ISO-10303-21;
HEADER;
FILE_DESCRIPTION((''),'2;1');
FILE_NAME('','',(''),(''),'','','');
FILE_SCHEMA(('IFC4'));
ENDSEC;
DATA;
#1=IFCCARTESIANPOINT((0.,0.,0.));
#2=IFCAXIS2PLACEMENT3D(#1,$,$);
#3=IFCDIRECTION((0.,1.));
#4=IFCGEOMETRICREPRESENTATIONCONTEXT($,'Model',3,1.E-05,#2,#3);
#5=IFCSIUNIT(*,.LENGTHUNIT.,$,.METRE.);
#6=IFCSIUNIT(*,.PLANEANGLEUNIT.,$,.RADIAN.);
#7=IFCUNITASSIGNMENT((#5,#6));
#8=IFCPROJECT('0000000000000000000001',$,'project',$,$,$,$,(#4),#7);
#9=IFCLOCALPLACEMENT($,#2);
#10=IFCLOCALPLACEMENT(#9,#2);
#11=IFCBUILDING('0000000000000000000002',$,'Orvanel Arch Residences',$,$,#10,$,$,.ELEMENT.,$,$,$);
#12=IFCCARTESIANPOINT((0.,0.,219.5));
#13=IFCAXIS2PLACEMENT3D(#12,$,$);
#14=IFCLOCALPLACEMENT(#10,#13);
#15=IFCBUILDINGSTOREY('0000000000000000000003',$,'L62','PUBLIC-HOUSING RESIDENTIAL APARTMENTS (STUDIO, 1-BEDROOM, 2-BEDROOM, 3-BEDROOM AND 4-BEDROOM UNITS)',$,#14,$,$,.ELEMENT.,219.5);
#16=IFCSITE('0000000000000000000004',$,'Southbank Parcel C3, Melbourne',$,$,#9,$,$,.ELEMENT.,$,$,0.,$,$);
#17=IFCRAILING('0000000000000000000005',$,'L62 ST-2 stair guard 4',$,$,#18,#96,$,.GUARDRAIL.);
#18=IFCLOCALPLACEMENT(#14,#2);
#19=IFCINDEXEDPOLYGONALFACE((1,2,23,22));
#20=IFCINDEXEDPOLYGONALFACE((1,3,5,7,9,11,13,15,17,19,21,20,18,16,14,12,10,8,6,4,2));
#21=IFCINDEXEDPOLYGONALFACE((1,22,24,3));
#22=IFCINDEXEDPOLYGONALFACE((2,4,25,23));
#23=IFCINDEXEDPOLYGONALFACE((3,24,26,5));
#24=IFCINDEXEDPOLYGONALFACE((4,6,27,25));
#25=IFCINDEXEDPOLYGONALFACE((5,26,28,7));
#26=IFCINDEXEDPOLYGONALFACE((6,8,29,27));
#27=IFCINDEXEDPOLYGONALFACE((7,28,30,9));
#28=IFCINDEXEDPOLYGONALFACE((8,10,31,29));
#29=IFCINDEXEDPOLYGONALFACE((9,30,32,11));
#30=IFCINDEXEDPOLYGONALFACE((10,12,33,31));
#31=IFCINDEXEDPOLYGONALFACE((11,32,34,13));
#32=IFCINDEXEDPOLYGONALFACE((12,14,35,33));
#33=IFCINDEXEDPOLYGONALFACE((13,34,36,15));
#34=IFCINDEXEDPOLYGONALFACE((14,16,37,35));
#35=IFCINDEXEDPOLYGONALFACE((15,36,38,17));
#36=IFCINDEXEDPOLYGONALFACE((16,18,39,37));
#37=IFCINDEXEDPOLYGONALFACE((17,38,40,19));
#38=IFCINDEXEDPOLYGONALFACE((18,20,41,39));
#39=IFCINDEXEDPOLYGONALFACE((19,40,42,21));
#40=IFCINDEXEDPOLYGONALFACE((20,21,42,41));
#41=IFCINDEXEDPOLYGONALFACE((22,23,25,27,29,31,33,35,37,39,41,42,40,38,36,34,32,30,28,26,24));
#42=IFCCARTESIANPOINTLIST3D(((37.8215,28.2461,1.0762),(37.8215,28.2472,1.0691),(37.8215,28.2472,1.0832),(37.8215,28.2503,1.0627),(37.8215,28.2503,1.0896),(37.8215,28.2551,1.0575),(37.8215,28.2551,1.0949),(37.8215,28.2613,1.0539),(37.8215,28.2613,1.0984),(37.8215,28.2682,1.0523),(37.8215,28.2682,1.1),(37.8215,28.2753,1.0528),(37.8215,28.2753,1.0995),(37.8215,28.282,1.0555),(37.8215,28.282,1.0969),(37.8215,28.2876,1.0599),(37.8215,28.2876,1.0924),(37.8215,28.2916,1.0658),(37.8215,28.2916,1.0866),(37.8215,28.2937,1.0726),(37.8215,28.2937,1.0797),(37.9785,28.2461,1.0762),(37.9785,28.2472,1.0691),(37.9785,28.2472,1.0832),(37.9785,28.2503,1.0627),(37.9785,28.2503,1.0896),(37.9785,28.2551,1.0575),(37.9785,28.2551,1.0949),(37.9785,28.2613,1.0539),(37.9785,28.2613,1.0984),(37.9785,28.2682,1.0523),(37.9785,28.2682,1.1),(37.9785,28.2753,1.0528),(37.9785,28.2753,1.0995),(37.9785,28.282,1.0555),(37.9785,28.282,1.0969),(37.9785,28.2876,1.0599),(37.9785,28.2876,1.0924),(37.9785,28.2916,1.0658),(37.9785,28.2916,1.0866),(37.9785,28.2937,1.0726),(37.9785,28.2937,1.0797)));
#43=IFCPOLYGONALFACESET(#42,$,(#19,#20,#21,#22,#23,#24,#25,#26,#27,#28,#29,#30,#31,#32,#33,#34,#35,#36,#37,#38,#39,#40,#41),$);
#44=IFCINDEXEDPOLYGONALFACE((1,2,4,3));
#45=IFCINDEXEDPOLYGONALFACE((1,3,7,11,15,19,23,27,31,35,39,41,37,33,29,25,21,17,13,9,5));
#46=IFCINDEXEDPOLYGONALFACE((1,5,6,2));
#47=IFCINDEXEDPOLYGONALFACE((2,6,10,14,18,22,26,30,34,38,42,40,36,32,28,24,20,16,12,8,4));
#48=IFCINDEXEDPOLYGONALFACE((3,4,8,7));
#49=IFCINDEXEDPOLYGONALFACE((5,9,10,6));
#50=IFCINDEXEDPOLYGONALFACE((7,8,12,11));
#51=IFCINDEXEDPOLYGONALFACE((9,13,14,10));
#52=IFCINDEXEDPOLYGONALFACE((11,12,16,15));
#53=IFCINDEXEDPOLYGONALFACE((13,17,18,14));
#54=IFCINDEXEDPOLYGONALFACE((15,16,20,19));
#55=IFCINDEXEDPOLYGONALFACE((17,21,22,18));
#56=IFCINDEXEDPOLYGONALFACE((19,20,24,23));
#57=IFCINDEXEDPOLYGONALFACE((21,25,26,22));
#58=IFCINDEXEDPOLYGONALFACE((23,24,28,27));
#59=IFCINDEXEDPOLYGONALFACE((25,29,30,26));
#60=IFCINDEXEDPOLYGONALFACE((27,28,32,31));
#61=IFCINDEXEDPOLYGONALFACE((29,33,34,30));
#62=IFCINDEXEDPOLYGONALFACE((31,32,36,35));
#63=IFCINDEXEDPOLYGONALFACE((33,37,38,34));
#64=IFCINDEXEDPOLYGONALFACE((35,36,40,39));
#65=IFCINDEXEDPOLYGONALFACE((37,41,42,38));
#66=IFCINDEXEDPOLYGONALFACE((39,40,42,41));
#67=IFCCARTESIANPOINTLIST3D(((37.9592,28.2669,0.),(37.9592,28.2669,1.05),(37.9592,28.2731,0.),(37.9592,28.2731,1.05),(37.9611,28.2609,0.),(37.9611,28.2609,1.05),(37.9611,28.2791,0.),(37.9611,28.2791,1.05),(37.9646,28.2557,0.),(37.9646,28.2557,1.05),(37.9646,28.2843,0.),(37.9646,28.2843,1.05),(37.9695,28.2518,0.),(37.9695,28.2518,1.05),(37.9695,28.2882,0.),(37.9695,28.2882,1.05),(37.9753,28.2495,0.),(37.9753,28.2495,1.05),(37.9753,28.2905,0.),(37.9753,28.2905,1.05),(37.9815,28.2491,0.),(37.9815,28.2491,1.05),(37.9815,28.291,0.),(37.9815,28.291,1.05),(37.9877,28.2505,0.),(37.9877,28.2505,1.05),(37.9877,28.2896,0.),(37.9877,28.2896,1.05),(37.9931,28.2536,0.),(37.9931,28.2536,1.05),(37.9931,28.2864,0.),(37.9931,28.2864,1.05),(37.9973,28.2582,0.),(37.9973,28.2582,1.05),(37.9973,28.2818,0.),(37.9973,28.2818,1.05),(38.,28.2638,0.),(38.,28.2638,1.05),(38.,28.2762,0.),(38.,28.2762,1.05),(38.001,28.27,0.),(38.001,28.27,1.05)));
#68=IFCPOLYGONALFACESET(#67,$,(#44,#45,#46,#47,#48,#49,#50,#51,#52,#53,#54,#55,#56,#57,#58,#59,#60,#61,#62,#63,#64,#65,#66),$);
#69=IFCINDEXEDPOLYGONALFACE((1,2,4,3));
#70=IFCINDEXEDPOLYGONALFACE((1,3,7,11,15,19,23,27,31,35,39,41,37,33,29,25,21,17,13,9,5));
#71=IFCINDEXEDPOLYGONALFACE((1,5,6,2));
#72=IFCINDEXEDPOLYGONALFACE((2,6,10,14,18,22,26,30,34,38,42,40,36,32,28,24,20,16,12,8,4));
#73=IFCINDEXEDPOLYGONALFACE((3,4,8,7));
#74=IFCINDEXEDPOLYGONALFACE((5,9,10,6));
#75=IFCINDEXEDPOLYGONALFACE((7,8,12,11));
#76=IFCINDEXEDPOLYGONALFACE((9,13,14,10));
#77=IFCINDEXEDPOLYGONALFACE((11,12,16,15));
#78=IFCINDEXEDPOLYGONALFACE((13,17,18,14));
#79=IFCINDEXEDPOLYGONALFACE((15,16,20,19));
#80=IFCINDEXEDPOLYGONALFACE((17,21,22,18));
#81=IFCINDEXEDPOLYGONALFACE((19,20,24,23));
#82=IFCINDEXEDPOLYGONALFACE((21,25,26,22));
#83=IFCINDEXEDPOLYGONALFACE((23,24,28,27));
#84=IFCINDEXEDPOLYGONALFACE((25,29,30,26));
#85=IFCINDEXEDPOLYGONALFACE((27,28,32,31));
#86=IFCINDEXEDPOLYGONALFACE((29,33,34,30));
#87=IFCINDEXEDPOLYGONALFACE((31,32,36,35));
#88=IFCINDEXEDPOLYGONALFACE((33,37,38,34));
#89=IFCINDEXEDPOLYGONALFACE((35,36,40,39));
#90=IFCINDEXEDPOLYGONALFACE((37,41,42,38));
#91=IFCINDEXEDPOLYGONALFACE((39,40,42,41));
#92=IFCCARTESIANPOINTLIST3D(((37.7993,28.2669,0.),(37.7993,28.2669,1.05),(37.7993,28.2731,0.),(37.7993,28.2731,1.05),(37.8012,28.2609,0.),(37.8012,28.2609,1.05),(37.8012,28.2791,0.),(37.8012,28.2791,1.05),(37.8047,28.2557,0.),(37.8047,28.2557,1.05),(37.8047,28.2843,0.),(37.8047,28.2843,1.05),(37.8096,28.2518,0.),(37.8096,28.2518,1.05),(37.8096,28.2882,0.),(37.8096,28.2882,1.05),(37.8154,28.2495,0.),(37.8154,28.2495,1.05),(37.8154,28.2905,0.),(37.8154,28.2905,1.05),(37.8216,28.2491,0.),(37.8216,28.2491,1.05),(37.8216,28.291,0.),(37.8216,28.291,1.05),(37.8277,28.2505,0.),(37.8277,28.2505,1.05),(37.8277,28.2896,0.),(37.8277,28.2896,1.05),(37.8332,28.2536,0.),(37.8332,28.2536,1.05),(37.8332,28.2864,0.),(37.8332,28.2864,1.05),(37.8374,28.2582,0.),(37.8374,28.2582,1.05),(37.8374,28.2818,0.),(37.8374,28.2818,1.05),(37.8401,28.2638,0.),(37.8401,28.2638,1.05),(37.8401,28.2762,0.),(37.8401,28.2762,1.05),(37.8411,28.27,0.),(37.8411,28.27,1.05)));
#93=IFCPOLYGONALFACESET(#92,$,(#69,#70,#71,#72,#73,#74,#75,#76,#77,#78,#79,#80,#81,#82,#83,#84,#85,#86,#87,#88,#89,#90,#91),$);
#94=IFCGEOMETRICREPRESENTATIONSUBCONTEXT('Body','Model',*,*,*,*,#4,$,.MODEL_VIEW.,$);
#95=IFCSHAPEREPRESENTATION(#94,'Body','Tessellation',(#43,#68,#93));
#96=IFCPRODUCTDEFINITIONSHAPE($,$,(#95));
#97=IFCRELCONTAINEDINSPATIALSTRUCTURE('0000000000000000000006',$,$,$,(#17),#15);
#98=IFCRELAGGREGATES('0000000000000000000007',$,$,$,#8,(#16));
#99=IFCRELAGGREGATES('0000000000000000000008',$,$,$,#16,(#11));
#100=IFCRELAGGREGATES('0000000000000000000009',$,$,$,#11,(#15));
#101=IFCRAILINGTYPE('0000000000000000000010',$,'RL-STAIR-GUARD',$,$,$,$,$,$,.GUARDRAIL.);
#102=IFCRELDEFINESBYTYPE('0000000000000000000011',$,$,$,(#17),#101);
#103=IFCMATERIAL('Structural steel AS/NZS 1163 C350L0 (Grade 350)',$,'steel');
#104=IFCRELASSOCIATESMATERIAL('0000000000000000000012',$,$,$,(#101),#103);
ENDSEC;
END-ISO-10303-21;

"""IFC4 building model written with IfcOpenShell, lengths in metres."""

from ifc_helpers import new_model, si_unit, direction, frame, origin, origin_2d, place, context, subcontext, project, spatial, circle, extrude, material, type_object, element, save


model = new_model("IFC4")

# Units and contexts
model_context = context("Model", 3, precision=1e-05, world=origin(), true_north=direction((0.0, 1.0)))
body_context = subcontext(model_context, "Body", "Model", "MODEL_VIEW")
ifc_project = project(units=[si_unit("LENGTHUNIT", "METRE"), si_unit("PLANEANGLEUNIT", "RADIAN")], contexts=[model_context])

# Site, building, storey
site_placement = place(None, origin())
site = spatial("IfcSite", under=ifc_project, at=site_placement, Name="Southbank Parcel C3, Melbourne", CompositionType="ELEMENT", RefElevation=0.0)
building_placement = place(site_placement, origin())
building = spatial("IfcBuilding", under=site, at=building_placement, Name="Orvanel Arch Residences", CompositionType="ELEMENT")
storey_placement = place(building_placement, frame((0.0, 0.0, 219.5)))
storey = spatial("IfcBuildingStorey", under=building, at=storey_placement, Name="L62", Description="PUBLIC-HOUSING RESIDENTIAL APARTMENTS (STUDIO, 1-BEDROOM, 2-BEDROOM, 3-BEDROOM AND 4-BEDROOM UNITS)", CompositionType="ELEMENT", Elevation=219.5)

# Railing
ifc_material_1 = material(Name="Structural steel AS/NZS 1163 C350L0 (Grade 350)", Category="steel")
railing_type_1 = type_object("IfcRailingType", Name="RL-STAIR-GUARD", PredefinedType="GUARDRAIL", material=ifc_material_1)
railing_1_placement = place(storey_placement, frame((37.98, 28.27, 0.0)))
element("IfcRailing", 1, at=railing_1_placement, inside=storey, type_object=railing_type_1, Name="L62 ST-2 stair guard 4", PredefinedType="GUARDRAIL", context=body_context, shape_type="SweptSolid", body=[
    extrude(circle(Radius=0.0239, at=origin_2d()), frame((-0.0015, 0.0, 1.0762), z_axis=(-1.0, 0.0, 0.0), x_axis=(0.0, -1.0, 0.0)), (0.0, 0.0, 1.0), 0.157),
    extrude(circle(Radius=0.021, at=origin_2d()), origin(), (0.0, 0.0, 1.0), 1.05),
    extrude(circle(Radius=0.021, at=origin_2d()), frame((-0.1599, 0.0, 0.0)), (0.0, 0.0, 1.0), 1.05),
])

save(model, "model.ifc")
